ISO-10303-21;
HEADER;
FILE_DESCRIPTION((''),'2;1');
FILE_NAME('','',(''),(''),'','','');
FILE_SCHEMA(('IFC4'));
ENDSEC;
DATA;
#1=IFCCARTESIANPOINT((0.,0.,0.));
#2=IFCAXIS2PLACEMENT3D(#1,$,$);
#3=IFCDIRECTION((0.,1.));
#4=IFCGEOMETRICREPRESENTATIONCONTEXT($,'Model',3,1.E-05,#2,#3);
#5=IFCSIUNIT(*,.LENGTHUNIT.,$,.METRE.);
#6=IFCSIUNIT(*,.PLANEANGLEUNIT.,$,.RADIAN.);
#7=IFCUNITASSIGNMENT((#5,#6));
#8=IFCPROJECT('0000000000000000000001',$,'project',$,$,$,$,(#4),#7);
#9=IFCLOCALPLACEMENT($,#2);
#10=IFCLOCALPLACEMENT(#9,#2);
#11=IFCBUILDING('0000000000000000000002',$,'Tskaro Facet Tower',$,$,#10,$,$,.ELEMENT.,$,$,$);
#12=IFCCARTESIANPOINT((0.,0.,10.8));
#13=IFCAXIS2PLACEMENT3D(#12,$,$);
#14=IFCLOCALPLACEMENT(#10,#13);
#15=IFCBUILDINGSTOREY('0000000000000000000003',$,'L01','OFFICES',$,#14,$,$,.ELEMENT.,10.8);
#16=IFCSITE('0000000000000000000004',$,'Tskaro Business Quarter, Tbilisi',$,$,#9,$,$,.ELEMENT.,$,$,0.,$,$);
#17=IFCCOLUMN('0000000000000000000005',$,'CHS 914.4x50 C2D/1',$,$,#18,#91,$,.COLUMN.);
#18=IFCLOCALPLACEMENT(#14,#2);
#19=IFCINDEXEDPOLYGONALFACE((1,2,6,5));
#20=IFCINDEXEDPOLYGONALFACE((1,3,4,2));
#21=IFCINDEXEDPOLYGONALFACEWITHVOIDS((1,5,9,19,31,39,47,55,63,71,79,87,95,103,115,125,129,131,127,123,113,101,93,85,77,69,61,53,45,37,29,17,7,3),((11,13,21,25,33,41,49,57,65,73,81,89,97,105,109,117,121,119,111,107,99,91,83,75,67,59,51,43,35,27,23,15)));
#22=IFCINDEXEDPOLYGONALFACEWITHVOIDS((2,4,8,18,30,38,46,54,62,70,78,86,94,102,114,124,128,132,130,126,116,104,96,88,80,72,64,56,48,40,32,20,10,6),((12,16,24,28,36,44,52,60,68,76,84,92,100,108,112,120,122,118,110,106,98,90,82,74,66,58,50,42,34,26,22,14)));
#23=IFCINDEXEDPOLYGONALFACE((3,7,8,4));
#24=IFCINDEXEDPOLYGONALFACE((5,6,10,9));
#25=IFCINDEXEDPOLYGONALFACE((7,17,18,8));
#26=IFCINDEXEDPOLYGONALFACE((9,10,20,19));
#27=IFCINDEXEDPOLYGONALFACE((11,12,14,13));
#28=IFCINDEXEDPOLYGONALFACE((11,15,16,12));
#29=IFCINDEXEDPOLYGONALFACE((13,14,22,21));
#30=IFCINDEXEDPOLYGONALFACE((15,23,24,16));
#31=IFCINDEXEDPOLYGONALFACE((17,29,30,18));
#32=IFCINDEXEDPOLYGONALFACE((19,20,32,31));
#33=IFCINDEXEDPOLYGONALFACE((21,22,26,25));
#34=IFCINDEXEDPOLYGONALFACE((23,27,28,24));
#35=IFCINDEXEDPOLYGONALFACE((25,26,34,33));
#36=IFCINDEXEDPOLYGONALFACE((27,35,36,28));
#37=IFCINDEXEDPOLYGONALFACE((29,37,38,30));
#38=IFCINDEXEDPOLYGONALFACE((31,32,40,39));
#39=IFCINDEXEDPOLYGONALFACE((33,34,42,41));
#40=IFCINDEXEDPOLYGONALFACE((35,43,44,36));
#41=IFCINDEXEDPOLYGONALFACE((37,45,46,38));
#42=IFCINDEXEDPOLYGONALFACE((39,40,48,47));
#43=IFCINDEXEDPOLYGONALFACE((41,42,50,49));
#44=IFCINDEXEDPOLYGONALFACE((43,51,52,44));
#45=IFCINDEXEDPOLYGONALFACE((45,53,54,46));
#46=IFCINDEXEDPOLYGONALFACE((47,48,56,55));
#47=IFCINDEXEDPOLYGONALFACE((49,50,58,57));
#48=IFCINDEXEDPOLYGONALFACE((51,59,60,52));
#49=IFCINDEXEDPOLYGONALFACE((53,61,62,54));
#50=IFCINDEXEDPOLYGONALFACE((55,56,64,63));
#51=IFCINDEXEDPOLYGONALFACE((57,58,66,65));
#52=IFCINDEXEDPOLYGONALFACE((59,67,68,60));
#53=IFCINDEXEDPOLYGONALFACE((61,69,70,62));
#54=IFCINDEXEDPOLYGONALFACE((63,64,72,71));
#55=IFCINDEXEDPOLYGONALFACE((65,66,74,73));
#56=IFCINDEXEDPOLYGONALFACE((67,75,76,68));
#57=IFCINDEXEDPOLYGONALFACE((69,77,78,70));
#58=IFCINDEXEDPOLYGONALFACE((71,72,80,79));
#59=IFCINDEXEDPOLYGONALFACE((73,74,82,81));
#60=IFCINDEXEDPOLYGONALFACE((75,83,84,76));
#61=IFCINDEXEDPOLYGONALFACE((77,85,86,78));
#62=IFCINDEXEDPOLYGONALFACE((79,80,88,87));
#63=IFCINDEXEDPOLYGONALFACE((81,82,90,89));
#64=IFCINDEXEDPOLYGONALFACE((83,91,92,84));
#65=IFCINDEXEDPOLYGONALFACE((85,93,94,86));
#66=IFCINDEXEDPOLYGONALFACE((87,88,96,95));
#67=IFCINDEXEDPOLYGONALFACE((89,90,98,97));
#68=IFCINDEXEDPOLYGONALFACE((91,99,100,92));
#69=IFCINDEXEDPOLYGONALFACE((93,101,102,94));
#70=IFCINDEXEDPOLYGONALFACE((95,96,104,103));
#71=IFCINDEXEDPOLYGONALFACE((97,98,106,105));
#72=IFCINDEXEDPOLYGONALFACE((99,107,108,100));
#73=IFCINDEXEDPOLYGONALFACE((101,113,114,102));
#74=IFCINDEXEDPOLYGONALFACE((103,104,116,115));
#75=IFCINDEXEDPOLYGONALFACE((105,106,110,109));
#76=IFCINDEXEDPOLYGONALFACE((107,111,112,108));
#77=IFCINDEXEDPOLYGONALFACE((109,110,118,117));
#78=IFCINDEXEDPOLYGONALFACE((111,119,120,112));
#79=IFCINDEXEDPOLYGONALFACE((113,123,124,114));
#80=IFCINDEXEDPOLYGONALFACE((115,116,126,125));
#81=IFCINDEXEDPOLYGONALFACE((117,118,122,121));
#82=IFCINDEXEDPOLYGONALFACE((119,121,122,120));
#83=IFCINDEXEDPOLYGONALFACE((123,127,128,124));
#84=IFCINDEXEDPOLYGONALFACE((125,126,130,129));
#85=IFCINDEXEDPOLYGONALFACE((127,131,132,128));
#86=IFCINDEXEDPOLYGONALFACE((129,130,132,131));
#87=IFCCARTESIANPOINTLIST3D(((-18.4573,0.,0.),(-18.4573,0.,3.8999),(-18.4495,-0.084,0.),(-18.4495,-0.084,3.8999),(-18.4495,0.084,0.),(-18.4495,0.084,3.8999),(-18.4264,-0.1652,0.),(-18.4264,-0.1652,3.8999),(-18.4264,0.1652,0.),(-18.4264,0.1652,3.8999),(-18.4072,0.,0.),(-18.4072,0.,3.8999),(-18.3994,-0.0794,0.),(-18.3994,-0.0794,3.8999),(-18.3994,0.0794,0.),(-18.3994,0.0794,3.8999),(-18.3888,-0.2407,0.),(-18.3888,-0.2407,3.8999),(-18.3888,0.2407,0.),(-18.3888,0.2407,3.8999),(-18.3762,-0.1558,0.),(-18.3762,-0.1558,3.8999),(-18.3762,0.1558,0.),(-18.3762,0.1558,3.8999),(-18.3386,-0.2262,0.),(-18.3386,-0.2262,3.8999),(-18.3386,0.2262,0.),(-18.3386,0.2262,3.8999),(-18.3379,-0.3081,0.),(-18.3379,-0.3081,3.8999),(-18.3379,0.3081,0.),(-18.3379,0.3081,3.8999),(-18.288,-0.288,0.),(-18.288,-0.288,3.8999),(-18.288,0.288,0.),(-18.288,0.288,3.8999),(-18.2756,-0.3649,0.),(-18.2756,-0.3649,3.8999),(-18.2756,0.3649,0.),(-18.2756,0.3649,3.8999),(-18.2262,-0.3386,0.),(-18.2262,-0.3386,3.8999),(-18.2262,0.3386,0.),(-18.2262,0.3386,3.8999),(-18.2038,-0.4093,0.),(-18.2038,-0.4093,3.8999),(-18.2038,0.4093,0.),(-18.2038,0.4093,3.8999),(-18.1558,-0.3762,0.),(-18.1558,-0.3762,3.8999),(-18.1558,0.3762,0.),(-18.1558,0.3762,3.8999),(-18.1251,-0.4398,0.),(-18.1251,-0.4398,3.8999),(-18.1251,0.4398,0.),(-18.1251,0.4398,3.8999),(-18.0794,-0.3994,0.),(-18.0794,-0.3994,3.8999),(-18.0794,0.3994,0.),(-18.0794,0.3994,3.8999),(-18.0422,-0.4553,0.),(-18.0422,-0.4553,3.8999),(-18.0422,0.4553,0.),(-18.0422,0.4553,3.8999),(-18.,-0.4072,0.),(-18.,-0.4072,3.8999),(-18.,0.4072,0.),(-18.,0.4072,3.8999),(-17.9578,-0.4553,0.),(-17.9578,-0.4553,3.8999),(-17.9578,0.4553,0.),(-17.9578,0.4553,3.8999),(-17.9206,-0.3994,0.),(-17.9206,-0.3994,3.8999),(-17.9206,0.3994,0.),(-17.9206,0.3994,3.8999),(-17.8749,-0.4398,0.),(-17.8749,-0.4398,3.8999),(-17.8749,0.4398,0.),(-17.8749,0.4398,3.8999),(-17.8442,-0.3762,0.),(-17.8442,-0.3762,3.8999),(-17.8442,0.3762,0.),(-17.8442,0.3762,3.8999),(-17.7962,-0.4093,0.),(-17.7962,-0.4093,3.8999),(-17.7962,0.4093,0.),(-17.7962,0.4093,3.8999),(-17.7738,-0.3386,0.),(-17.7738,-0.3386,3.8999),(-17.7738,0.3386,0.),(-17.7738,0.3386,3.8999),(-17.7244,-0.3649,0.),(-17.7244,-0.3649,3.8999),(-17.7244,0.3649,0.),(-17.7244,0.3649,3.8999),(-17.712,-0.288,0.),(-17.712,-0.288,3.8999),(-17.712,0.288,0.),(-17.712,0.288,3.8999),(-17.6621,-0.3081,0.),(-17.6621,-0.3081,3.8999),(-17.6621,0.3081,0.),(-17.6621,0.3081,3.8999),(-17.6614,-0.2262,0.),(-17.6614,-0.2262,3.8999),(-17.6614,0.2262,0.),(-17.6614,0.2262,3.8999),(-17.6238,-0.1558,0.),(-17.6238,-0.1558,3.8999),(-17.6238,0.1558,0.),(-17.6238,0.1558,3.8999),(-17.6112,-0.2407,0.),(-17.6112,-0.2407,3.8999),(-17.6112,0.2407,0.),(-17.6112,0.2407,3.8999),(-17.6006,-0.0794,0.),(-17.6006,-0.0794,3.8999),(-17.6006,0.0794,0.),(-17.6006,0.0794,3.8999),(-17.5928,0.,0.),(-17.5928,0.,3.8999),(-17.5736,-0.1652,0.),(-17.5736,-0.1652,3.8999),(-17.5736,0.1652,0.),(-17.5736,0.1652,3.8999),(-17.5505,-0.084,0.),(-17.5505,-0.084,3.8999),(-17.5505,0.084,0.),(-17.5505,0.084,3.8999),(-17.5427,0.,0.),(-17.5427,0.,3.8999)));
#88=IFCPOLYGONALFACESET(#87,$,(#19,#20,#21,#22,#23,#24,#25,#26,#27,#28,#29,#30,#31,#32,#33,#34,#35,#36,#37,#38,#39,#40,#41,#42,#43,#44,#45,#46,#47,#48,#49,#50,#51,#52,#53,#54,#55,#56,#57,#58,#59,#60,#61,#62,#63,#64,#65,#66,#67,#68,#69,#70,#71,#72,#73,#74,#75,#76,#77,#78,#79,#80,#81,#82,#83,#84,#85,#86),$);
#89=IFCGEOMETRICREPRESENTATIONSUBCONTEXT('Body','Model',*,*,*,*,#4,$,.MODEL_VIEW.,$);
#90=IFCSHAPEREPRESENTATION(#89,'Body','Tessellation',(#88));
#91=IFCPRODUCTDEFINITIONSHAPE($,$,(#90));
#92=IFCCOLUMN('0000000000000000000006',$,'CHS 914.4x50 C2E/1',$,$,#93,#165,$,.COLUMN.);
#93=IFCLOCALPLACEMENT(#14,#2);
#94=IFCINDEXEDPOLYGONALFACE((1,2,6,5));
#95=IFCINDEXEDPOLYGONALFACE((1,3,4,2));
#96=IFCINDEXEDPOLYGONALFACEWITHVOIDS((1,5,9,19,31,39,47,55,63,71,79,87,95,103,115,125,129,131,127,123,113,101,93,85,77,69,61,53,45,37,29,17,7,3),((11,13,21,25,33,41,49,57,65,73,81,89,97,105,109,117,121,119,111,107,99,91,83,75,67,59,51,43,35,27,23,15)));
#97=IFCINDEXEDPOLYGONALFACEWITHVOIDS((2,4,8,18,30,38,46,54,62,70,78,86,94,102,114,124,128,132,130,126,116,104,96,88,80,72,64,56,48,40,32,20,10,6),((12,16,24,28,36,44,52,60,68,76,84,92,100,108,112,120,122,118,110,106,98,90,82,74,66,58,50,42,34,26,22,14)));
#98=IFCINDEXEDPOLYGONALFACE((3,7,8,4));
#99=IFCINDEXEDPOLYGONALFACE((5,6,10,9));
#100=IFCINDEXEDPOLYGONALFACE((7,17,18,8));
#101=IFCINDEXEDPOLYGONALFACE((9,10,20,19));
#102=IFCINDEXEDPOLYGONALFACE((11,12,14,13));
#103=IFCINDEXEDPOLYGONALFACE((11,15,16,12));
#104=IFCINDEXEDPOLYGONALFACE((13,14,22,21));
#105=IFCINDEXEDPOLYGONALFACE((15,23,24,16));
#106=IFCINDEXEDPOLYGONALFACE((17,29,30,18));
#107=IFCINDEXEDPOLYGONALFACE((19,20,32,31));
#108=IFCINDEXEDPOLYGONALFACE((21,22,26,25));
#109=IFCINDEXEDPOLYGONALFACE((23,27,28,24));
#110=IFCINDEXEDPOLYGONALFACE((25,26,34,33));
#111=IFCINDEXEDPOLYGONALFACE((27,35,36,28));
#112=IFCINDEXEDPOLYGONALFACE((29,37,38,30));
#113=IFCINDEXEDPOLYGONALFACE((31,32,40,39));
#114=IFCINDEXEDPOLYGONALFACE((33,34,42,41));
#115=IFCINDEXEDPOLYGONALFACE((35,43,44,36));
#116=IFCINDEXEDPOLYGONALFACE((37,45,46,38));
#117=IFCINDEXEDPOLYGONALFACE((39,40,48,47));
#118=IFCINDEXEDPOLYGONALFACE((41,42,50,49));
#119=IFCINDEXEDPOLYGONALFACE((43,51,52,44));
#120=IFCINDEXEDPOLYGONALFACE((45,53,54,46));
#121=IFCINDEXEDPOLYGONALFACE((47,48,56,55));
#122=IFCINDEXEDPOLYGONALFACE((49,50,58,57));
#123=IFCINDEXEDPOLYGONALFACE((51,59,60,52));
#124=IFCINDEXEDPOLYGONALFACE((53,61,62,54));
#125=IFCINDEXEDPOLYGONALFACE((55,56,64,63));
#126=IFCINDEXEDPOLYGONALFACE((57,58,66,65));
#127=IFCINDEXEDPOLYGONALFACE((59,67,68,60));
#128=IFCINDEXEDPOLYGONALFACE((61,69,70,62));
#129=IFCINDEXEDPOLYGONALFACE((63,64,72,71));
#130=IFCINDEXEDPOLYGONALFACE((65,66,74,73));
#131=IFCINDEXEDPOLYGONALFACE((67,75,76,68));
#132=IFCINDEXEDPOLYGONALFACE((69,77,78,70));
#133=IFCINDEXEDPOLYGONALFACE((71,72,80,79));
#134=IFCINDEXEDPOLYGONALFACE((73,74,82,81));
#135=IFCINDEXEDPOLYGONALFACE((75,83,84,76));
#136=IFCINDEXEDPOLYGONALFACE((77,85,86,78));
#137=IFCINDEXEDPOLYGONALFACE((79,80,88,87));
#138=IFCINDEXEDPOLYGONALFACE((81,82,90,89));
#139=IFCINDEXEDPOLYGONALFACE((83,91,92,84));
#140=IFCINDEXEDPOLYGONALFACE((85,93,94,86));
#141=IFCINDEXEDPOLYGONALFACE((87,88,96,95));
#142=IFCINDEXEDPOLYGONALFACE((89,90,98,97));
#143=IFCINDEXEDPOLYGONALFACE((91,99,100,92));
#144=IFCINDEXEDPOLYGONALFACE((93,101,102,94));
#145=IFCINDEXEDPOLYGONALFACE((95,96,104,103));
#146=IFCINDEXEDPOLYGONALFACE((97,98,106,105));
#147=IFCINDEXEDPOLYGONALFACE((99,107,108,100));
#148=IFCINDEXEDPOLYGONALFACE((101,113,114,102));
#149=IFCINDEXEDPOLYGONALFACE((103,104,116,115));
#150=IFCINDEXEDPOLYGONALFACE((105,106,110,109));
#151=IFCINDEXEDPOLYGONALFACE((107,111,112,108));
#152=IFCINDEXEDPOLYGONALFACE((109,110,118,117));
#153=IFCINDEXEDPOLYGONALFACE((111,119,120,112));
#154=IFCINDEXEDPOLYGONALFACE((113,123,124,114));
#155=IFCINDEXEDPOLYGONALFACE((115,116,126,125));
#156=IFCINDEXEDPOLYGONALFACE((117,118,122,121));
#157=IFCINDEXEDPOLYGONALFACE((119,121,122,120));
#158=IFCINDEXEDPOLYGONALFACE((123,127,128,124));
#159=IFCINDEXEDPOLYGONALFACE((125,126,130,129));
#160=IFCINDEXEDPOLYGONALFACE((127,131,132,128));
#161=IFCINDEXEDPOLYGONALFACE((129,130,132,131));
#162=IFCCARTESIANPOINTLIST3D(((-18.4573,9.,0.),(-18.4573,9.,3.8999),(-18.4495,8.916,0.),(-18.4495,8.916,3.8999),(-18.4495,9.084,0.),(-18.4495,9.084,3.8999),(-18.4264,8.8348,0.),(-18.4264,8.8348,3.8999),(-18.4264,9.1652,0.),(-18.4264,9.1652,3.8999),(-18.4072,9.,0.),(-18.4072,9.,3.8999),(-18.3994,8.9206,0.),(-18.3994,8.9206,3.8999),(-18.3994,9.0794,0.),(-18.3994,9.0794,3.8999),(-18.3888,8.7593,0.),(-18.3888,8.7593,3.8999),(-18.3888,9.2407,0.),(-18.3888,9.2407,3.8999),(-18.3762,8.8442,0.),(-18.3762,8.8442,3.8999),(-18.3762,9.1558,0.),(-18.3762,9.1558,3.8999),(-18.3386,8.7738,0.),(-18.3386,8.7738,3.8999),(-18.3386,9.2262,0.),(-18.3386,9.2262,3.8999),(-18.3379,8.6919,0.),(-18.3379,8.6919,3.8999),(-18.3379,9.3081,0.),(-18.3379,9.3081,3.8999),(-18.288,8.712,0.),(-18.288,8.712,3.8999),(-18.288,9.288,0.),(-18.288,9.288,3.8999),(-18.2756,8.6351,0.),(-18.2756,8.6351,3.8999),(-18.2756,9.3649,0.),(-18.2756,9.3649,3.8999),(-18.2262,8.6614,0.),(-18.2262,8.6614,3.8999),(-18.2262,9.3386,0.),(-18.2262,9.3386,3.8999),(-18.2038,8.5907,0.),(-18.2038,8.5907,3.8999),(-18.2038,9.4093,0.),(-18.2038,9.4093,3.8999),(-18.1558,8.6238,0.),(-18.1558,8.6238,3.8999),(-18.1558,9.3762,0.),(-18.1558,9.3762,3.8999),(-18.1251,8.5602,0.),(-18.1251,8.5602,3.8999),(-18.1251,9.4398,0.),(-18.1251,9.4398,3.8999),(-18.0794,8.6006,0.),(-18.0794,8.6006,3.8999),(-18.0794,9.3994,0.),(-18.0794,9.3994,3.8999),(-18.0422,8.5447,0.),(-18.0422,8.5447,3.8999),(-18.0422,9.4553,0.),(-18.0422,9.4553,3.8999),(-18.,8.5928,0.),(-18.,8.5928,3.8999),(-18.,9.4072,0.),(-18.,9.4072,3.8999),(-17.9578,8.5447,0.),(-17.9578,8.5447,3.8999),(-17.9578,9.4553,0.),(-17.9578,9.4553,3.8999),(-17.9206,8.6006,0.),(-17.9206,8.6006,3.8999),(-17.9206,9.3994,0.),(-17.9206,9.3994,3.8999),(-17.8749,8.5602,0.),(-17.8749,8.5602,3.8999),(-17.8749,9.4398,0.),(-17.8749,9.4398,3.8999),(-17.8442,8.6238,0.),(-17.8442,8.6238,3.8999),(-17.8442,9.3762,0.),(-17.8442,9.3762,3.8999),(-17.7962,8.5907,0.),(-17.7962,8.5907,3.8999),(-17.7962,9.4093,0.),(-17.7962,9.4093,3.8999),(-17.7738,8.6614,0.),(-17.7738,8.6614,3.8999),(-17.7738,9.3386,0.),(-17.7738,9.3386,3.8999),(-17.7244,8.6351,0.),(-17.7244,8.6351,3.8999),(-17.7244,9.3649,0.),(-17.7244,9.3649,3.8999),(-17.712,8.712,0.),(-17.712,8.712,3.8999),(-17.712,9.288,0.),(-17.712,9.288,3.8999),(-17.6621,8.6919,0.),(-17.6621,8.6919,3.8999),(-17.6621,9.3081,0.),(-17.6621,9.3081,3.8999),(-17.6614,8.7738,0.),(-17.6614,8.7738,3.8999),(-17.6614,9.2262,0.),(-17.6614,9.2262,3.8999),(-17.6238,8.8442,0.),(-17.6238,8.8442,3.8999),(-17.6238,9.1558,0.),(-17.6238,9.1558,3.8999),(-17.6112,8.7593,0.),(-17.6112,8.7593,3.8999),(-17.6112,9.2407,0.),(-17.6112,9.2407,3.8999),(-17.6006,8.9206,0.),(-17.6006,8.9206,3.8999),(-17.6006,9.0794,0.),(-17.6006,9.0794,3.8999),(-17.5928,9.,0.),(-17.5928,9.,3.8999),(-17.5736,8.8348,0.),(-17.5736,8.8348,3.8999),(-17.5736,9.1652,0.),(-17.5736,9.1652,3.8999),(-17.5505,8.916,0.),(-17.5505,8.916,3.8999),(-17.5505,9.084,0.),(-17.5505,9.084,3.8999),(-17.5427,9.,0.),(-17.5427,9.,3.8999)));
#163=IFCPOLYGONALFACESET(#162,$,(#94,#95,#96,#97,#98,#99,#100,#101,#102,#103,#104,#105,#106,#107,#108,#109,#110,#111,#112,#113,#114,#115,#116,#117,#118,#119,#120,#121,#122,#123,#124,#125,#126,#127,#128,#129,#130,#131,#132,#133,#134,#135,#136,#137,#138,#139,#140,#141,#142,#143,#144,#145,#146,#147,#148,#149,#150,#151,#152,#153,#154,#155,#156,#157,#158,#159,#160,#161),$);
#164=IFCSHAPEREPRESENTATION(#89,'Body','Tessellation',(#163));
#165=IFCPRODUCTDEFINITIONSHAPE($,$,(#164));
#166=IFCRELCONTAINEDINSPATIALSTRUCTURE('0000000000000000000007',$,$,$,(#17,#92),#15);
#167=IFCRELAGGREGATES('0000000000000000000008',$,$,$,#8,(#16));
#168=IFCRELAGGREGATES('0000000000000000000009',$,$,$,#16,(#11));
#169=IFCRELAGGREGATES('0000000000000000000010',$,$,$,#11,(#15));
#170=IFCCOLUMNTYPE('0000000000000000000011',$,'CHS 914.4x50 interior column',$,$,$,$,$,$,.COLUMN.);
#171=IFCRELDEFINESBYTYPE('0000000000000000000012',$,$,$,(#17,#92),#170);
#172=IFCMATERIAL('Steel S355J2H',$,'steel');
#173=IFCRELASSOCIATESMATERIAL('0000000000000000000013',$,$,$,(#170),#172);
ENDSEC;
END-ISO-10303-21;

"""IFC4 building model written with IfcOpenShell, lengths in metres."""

from ifc_helpers import new_model, si_unit, direction, frame, origin, origin_2d, place, context, subcontext, project, spatial, hollow_circle, extrude, material, material_profile, profile_set, type_object, element, save


model = new_model("IFC4")

# Units and contexts
model_context = context("Model", 3, precision=1e-05, world=origin(), true_north=direction((0.0, 1.0)))
body_context = subcontext(model_context, "Body", "Model", "MODEL_VIEW")
ifc_project = project(units=[si_unit("LENGTHUNIT", "METRE"), si_unit("PLANEANGLEUNIT", "RADIAN")], contexts=[model_context])

# Site, building, storey
site_placement = place(None, origin())
site = spatial("IfcSite", under=ifc_project, at=site_placement, Name="Tskaro Business Quarter, Tbilisi", CompositionType="ELEMENT", RefElevation=0.0)
building_placement = place(site_placement, origin())
building = spatial("IfcBuilding", under=site, at=building_placement, Name="Tskaro Facet Tower", CompositionType="ELEMENT")
storey_placement = place(building_placement, frame((0.0, 0.0, 10.8)))
storey = spatial("IfcBuildingStorey", under=building, at=storey_placement, Name="L01", Description="OFFICES", CompositionType="ELEMENT", Elevation=10.8)

# Columns
ifc_material_1 = material(Name="Steel S355J2H", Category="steel")
ifc_material_profile_1 = material_profile(ifc_material_1, hollow_circle(Radius=0.4573, WallThickness=0.05, at=origin_2d()), Name="CHS 914.4x50")
ifc_profile_set_1 = profile_set([ifc_material_profile_1], Name="Steel S355J2H")
column_type_1 = type_object("IfcColumnType", Name="CHS 914.4x50 interior column", PredefinedType="COLUMN", material=ifc_profile_set_1)
for number, where, z_axis, x_axis, name in (
    (1, (-18.0, 0.0, 0.0), (0.0, 0.0, 1.0), (1.0, 0.0, 0.0), "CHS 914.4x50 C2D/1"),
    (2, (-18.0, 9.0, 0.0), (0.0, 0.0, 1.0), (1.0, 0.0, 0.0), "CHS 914.4x50 C2E/1"),
):
    element("IfcColumn", number, at=place(storey_placement, frame(where, z_axis=z_axis, x_axis=x_axis)), inside=storey, type_object=column_type_1, Name=name, PredefinedType="COLUMN", context=body_context, shape_type="SweptSolid", body=[
        extrude(hollow_circle(Radius=0.4573, WallThickness=0.05, at=origin_2d()), origin(), (0.0, 0.0, 1.0), 3.8999),
    ])

save(model, "model.ifc")
